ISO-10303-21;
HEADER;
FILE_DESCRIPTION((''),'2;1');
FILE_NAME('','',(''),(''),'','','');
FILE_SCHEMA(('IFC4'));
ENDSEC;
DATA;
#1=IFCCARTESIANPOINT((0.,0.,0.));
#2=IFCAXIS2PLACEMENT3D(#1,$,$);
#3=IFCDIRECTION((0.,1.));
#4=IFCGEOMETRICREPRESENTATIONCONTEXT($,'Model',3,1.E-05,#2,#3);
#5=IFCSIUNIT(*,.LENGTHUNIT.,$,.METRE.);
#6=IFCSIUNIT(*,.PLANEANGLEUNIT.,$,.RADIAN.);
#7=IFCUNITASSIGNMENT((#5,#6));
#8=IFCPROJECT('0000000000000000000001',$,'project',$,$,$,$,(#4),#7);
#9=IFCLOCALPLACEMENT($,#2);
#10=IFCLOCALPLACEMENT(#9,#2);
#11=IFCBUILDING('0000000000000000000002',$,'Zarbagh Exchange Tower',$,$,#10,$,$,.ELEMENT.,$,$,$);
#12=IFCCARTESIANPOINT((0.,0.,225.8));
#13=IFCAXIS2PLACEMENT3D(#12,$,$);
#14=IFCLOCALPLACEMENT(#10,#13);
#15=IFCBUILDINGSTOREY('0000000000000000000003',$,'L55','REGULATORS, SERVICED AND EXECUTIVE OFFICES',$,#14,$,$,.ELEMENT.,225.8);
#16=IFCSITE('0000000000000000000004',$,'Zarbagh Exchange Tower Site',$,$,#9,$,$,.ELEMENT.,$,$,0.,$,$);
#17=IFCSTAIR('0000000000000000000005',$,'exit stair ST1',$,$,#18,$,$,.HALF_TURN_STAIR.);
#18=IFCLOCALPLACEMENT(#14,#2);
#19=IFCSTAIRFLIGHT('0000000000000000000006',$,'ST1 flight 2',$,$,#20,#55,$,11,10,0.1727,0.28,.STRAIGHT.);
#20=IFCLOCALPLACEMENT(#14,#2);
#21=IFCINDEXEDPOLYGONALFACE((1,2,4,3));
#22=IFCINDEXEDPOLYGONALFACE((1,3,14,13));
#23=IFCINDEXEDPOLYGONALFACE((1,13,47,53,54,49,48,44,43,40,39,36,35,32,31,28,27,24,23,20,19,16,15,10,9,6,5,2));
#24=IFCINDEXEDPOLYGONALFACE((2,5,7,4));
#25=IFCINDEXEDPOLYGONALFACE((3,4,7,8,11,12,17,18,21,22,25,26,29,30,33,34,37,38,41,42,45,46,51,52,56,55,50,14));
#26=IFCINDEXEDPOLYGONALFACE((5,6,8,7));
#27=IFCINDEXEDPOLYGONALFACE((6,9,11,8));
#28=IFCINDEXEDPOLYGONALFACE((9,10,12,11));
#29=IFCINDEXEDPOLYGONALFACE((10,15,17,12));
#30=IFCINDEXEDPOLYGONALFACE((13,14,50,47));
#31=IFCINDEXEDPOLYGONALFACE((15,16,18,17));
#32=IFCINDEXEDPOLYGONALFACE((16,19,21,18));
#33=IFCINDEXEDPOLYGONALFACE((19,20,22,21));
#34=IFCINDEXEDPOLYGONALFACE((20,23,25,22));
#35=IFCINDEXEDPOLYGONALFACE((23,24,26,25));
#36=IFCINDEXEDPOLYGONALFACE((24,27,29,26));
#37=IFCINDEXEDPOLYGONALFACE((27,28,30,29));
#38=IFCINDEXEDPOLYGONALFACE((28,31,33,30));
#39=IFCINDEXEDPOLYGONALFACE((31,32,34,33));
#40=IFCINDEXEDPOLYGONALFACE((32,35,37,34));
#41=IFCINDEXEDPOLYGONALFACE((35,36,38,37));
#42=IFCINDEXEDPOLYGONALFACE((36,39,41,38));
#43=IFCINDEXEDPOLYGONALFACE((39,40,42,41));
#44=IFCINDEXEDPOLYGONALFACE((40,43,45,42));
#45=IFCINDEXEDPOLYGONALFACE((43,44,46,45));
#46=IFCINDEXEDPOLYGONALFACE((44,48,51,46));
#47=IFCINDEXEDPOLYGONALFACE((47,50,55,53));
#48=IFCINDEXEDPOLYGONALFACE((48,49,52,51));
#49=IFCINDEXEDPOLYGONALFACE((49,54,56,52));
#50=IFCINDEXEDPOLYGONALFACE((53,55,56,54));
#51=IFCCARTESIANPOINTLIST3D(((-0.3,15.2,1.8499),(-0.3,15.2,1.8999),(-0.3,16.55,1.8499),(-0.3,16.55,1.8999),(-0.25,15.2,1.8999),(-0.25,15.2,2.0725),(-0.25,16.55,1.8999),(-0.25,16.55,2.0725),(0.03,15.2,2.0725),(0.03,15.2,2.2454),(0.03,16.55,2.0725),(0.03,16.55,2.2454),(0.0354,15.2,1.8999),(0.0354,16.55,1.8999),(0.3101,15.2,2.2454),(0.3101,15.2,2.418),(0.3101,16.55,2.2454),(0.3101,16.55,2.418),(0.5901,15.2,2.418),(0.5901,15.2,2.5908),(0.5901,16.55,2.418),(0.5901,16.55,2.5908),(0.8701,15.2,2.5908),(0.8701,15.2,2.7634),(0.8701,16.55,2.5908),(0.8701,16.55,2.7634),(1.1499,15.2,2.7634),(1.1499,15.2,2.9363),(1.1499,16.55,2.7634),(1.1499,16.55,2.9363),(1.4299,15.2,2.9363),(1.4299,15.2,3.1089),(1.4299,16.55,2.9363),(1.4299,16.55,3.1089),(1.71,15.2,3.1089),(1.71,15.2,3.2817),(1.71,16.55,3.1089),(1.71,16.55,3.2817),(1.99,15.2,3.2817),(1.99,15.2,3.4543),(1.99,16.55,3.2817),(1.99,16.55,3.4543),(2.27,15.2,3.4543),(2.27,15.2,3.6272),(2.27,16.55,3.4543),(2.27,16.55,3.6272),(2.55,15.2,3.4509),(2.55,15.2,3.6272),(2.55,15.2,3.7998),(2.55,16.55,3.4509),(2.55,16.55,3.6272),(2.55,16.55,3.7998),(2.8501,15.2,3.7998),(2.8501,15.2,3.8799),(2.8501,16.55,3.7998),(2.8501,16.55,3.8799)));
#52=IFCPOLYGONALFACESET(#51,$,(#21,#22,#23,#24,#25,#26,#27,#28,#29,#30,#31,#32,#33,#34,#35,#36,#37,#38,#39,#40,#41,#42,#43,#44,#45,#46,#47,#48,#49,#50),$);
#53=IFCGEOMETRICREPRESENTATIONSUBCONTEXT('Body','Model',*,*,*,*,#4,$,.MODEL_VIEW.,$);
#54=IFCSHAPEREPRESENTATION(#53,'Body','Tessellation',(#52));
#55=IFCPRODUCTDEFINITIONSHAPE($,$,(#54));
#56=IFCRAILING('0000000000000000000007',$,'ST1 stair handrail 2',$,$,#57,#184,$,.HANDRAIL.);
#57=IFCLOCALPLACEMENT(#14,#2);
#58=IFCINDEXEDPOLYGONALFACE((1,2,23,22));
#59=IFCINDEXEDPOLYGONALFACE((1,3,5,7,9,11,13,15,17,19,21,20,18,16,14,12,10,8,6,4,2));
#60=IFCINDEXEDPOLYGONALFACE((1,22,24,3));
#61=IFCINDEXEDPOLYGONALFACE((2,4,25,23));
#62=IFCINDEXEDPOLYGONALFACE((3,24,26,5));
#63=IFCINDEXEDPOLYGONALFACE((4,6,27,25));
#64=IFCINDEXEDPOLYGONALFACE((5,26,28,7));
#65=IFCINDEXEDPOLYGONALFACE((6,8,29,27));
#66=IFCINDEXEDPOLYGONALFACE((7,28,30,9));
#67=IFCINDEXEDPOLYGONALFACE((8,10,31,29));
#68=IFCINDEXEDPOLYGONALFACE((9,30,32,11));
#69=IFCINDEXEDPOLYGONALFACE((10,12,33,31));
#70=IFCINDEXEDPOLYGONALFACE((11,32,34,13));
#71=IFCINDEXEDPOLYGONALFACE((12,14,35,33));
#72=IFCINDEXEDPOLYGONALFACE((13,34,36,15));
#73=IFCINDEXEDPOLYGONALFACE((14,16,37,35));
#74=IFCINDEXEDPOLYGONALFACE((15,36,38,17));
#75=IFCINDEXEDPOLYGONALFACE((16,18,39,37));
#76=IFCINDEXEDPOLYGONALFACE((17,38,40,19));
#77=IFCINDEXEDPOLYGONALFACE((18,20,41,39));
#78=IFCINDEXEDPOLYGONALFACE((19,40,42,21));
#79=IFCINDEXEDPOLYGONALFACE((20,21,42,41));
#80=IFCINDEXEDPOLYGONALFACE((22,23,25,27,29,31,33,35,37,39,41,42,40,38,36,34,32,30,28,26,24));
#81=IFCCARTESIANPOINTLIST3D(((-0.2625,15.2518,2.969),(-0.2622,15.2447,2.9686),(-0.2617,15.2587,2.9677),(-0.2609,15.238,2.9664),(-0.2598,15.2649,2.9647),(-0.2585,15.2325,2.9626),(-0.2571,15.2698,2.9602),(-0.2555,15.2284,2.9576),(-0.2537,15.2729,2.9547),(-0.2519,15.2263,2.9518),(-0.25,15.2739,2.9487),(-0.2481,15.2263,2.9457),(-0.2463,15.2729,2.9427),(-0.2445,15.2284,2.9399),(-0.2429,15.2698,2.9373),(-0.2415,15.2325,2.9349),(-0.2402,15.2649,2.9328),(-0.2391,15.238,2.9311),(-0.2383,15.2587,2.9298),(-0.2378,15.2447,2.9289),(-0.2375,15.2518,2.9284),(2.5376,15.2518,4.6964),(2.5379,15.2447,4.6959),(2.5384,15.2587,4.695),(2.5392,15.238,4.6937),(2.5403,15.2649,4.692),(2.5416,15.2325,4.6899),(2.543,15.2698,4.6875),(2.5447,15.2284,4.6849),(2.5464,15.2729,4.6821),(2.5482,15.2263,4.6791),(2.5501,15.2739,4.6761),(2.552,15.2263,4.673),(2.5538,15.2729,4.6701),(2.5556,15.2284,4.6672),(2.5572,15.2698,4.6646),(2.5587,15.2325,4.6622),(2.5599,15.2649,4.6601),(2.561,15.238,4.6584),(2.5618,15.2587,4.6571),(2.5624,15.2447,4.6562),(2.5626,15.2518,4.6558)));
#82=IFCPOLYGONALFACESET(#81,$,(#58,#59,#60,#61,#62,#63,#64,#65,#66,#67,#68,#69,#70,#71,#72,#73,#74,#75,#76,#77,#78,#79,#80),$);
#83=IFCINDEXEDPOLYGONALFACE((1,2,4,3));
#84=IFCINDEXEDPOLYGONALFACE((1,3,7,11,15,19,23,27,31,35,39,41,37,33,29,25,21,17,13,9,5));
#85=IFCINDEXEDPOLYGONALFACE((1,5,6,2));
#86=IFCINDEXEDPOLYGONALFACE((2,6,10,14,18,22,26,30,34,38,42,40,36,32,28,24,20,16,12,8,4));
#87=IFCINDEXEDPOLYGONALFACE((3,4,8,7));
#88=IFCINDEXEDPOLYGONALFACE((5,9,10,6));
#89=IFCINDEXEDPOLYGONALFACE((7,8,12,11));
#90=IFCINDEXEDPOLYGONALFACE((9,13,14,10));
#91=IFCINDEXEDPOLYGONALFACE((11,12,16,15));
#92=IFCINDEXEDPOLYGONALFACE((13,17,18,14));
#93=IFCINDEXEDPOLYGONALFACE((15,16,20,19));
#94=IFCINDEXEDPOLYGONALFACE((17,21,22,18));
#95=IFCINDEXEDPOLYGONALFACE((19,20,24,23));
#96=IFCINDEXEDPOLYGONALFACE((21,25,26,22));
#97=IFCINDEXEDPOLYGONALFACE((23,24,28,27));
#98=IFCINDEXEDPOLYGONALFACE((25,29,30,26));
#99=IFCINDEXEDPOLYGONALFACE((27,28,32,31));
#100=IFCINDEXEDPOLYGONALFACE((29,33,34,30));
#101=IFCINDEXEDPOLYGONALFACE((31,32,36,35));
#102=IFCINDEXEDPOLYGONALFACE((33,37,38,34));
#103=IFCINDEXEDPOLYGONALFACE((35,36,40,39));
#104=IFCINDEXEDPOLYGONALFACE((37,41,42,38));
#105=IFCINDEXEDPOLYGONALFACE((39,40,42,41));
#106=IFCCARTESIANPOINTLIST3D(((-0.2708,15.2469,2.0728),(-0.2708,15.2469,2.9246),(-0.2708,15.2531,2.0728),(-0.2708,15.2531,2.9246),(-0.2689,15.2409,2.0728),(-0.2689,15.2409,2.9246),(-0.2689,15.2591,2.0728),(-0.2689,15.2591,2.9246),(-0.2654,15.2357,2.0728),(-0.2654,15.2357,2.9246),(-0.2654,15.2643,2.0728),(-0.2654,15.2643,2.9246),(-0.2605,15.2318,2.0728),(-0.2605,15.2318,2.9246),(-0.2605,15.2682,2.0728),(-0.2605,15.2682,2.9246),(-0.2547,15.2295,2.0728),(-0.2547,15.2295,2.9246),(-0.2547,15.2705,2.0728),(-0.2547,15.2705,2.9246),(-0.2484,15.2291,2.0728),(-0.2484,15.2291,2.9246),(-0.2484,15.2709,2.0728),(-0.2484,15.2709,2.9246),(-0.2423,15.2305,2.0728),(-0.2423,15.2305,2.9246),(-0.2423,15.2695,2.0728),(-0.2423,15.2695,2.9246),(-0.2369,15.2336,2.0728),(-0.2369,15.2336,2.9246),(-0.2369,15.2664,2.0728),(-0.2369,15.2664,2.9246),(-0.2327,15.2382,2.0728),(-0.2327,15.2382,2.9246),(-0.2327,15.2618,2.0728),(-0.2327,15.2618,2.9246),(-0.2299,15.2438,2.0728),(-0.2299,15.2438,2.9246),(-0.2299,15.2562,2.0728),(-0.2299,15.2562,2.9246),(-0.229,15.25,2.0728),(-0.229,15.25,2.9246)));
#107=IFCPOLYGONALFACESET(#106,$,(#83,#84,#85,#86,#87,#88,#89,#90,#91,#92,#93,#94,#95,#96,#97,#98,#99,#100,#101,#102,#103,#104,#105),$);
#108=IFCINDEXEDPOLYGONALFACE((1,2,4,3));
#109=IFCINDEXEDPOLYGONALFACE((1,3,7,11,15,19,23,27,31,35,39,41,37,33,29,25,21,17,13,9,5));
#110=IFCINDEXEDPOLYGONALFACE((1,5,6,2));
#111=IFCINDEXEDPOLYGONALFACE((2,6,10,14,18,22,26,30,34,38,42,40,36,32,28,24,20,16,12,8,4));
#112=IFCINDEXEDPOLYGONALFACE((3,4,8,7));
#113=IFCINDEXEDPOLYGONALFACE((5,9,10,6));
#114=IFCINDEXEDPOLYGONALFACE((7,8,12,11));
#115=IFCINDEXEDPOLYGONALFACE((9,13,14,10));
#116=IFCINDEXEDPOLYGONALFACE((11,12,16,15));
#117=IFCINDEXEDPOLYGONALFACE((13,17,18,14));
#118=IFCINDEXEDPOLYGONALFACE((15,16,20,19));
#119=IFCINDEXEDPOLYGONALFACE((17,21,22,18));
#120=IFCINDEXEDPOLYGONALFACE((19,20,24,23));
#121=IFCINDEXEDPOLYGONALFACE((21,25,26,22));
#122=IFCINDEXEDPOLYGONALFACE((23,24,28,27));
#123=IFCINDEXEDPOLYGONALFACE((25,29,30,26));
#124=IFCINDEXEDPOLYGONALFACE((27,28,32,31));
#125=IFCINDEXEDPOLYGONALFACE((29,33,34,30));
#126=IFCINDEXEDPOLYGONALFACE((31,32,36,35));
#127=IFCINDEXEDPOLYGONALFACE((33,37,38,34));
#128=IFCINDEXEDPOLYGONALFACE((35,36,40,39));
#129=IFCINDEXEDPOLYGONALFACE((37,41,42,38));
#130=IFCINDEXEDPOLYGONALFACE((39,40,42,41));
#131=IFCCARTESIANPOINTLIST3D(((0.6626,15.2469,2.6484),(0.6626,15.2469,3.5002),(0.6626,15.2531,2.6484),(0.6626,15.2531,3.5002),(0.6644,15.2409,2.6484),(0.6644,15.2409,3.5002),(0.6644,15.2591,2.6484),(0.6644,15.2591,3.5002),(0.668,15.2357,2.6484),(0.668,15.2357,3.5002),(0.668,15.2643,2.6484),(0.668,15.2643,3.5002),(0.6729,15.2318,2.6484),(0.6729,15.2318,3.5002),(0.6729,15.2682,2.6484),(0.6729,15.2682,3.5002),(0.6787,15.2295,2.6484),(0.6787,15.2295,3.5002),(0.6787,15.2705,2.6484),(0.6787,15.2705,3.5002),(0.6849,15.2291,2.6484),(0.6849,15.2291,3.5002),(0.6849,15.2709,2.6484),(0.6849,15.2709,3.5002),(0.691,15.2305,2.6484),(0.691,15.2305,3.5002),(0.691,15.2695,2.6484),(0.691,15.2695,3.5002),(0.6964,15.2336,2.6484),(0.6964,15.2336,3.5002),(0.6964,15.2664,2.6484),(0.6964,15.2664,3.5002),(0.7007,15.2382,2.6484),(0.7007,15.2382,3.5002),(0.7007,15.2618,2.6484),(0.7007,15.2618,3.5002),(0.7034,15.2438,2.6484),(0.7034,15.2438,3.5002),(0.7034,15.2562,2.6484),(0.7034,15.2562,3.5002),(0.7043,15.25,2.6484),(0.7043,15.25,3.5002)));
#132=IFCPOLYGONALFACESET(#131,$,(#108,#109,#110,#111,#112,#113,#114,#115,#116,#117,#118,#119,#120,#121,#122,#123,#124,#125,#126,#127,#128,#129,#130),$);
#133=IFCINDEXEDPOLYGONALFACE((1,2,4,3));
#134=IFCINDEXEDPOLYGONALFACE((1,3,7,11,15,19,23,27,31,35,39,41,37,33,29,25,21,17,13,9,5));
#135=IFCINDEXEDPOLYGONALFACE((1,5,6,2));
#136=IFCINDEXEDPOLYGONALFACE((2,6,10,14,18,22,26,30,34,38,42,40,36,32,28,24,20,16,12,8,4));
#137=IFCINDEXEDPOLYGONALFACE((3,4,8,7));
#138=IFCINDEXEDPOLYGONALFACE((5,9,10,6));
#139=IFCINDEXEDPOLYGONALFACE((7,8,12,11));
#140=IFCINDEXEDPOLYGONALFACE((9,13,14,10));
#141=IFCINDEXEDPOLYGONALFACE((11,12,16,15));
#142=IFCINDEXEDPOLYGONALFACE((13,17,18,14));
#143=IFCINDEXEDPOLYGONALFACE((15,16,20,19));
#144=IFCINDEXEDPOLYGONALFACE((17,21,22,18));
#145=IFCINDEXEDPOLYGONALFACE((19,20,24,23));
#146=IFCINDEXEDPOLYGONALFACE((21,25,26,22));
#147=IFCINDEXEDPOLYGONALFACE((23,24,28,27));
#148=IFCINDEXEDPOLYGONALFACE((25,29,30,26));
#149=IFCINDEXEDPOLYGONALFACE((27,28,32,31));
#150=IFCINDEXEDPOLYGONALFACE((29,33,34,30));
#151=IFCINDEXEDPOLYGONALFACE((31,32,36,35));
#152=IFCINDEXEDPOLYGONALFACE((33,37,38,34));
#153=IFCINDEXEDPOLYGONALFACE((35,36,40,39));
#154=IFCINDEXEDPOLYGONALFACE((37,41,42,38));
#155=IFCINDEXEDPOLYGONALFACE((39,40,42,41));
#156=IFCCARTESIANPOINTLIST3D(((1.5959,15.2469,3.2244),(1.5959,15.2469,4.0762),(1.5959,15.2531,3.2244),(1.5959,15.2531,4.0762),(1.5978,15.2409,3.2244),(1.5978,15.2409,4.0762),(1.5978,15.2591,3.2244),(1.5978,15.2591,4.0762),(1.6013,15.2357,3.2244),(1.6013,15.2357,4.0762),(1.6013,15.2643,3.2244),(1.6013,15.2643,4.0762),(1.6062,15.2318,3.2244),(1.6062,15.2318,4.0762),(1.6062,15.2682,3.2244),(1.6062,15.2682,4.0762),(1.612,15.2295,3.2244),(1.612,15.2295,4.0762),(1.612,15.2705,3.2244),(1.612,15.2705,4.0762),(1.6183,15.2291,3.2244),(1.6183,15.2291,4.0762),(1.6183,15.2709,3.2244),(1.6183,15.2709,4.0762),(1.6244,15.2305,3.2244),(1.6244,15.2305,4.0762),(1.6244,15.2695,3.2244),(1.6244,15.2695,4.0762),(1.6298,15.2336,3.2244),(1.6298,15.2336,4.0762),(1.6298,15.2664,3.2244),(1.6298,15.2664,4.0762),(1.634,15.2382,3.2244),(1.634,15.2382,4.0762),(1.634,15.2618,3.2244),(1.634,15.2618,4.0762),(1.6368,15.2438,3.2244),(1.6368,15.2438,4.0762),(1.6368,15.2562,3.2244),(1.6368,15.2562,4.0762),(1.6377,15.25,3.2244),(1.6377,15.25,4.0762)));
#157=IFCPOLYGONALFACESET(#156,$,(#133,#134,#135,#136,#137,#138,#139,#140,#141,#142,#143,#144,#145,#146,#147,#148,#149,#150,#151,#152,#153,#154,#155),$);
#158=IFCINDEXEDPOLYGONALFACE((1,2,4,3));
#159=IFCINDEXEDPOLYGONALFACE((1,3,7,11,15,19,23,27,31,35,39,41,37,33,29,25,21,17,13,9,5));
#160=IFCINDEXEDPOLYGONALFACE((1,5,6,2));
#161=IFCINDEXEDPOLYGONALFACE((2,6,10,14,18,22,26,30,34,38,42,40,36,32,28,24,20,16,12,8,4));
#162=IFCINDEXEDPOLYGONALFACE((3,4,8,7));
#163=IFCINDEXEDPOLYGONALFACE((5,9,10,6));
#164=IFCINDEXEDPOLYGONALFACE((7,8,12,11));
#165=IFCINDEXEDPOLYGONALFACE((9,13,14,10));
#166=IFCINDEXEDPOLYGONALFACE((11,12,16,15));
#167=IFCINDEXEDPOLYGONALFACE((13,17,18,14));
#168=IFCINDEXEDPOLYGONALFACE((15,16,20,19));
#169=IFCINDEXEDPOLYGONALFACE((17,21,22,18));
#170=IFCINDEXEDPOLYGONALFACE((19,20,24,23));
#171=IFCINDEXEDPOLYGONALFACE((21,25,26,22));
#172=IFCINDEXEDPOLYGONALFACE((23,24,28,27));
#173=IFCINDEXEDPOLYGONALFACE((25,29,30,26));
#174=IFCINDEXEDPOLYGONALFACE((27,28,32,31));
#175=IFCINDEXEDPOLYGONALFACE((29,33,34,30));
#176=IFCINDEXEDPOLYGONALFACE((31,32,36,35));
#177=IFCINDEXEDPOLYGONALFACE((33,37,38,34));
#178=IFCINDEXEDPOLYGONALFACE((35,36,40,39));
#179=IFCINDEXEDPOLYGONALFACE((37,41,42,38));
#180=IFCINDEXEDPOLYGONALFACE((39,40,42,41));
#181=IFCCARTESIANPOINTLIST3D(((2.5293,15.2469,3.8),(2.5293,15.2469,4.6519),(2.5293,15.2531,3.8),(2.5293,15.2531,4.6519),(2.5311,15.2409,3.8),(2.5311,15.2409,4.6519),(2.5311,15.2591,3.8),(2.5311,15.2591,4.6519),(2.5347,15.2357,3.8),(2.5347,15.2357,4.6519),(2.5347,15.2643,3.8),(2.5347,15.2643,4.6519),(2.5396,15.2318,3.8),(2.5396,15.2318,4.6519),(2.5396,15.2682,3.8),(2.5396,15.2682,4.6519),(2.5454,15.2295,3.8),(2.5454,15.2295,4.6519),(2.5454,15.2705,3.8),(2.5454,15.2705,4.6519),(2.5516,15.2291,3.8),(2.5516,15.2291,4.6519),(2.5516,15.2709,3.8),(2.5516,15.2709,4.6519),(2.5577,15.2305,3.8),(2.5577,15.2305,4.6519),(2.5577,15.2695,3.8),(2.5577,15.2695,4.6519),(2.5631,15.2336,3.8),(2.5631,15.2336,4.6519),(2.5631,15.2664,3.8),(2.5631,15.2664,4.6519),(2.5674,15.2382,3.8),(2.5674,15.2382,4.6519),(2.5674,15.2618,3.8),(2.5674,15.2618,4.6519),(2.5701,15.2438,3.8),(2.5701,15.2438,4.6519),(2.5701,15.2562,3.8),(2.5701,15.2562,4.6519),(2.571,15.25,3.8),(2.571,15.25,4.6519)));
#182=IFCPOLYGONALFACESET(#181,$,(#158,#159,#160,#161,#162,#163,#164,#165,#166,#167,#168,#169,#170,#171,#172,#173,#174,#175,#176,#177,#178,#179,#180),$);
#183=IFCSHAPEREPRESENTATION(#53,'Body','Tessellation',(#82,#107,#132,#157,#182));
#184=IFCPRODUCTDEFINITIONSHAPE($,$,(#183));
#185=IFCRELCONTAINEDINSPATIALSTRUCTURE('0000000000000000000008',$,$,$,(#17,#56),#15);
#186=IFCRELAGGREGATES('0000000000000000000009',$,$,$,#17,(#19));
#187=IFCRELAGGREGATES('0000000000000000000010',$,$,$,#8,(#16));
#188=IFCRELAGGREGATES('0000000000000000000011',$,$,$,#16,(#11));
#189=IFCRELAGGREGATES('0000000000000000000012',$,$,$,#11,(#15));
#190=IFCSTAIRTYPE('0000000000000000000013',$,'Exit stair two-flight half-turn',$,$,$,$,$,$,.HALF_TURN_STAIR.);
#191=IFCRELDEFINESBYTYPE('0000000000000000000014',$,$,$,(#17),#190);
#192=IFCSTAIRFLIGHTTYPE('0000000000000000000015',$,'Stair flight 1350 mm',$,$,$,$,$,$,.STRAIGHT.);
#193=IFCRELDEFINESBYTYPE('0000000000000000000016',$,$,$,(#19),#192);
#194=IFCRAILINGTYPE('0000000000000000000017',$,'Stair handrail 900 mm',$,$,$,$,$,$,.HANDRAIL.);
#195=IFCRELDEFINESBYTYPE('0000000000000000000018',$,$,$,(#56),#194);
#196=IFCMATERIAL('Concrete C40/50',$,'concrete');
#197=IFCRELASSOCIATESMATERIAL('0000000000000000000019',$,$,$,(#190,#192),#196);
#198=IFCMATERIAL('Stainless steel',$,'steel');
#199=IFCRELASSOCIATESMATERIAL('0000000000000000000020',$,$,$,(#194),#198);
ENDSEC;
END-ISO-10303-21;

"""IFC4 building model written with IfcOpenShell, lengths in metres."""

from ifc_helpers import new_model, si_unit, direction, frame, origin, origin_2d, place, context, subcontext, project, spatial, polyline, circle, outline, extrude, material, type_object, element, aggregate, save


model = new_model("IFC4")

# Units and contexts
model_context = context("Model", 3, precision=1e-05, world=origin(), true_north=direction((0.0, 1.0)))
body_context = subcontext(model_context, "Body", "Model", "MODEL_VIEW")
ifc_project = project(units=[si_unit("LENGTHUNIT", "METRE"), si_unit("PLANEANGLEUNIT", "RADIAN")], contexts=[model_context])

# Site, building, storey
site_placement = place(None, origin())
site = spatial("IfcSite", under=ifc_project, at=site_placement, Name="Zarbagh Exchange Tower Site", CompositionType="ELEMENT", RefElevation=0.0)
building_placement = place(site_placement, origin())
building = spatial("IfcBuilding", under=site, at=building_placement, Name="Zarbagh Exchange Tower", CompositionType="ELEMENT")
storey_placement = place(building_placement, frame((0.0, 0.0, 225.8)))
storey = spatial("IfcBuildingStorey", under=building, at=storey_placement, Name="L55", Description="REGULATORS, SERVICED AND EXECUTIVE OFFICES", CompositionType="ELEMENT", Elevation=225.8)

# Stair, stair flight
ifc_material_1 = material(Name="Concrete C40/50", Category="concrete")
stair_type = type_object("IfcStairType", Name="Exit stair two-flight half-turn", PredefinedType="HALF_TURN_STAIR", material=ifc_material_1)
stair_placement = place(storey_placement, origin())
stair = element("IfcStair", 1, at=stair_placement, inside=storey, type_object=stair_type, Name="exit stair ST1", PredefinedType="HALF_TURN_STAIR")
stair_flight_type = type_object("IfcStairFlightType", Name="Stair flight 1350 mm", PredefinedType="STRAIGHT", material=ifc_material_1)
stair_flight_placement = place(storey_placement, frame((-0.25, 15.875, 1.8999), z_axis=(0.0, 0.0, 1.0), x_axis=(1.0, 0.0, 0.0)))
stair_flight = element("IfcStairFlight", 2, at=stair_flight_placement, type_object=stair_flight_type, Name="ST1 flight 2", NumberOfRisers=11, NumberOfTreads=10, PredefinedType="STRAIGHT", RiserHeight=0.1727, TreadLength=0.28, context=body_context, shape_type="SweptSolid", body=[
    extrude(outline(polyline([(-0.05, -0.05), (-0.05, 0.0), (0.0, 0.0), (0.0, 0.1726), (0.28, 0.1726), (0.28, 0.3455), (0.5601, 0.3455), (0.5601, 0.5181), (0.8401, 0.5181), (0.8401, 0.6909), (1.1201, 0.6909), (1.1201, 0.8635), (1.3999, 0.8635), (1.3999, 1.0364), (1.6799, 1.0364), (1.6799, 1.209), (1.96, 1.209), (1.96, 1.3818), (2.24, 1.3818), (2.24, 1.5544), (2.52, 1.5544), (2.52, 1.7273), (2.8, 1.7273), (2.8, 1.8999), (3.1001, 1.98), (3.1001, 1.8999), (2.8, 1.551), (0.2854, 0.0), (-0.05, -0.05)])), frame((0.0, 0.675, 0.0), z_axis=(0.0, -1.0, 0.0), x_axis=(1.0, 0.0, 0.0)), (0.0, 0.0, 1.0), 1.3501),
])
aggregate(stair, [stair_flight])

# Railing
ifc_material_2 = material(Name="Stainless steel", Category="steel")
railing_type = type_object("IfcRailingType", Name="Stair handrail 900 mm", PredefinedType="HANDRAIL", material=ifc_material_2)
railing_placement = place(storey_placement, frame((-0.25, 15.25, 2.0728)))
element("IfcRailing", 3, at=railing_placement, inside=storey, type_object=railing_type, Name="ST1 stair handrail 2", PredefinedType="HANDRAIL", context=body_context, shape_type="SweptSolid", body=[
    extrude(circle(Radius=0.0239, at=origin_2d()), frame((0.0, 0.0, 0.876), z_axis=(0.85109, 0.0, 0.52502), x_axis=(0.0, 1.0, 0.0)), (0.0, 0.0, 1.0), 3.29),
    extrude(circle(Radius=0.021, at=origin_2d()), origin(), (0.0, 0.0, 1.0), 0.8518),
    extrude(circle(Radius=0.021, at=origin_2d()), frame((0.9333, 0.0, 0.5757)), (0.0, 0.0, 1.0), 0.8518),
    extrude(circle(Radius=0.021, at=origin_2d()), frame((1.8667, 0.0, 1.1516)), (0.0, 0.0, 1.0), 0.8518),
    extrude(circle(Radius=0.021, at=origin_2d()), frame((2.8, 0.0, 1.7273)), (0.0, 0.0, 1.0), 0.8518),
])

save(model, "model.ifc")
